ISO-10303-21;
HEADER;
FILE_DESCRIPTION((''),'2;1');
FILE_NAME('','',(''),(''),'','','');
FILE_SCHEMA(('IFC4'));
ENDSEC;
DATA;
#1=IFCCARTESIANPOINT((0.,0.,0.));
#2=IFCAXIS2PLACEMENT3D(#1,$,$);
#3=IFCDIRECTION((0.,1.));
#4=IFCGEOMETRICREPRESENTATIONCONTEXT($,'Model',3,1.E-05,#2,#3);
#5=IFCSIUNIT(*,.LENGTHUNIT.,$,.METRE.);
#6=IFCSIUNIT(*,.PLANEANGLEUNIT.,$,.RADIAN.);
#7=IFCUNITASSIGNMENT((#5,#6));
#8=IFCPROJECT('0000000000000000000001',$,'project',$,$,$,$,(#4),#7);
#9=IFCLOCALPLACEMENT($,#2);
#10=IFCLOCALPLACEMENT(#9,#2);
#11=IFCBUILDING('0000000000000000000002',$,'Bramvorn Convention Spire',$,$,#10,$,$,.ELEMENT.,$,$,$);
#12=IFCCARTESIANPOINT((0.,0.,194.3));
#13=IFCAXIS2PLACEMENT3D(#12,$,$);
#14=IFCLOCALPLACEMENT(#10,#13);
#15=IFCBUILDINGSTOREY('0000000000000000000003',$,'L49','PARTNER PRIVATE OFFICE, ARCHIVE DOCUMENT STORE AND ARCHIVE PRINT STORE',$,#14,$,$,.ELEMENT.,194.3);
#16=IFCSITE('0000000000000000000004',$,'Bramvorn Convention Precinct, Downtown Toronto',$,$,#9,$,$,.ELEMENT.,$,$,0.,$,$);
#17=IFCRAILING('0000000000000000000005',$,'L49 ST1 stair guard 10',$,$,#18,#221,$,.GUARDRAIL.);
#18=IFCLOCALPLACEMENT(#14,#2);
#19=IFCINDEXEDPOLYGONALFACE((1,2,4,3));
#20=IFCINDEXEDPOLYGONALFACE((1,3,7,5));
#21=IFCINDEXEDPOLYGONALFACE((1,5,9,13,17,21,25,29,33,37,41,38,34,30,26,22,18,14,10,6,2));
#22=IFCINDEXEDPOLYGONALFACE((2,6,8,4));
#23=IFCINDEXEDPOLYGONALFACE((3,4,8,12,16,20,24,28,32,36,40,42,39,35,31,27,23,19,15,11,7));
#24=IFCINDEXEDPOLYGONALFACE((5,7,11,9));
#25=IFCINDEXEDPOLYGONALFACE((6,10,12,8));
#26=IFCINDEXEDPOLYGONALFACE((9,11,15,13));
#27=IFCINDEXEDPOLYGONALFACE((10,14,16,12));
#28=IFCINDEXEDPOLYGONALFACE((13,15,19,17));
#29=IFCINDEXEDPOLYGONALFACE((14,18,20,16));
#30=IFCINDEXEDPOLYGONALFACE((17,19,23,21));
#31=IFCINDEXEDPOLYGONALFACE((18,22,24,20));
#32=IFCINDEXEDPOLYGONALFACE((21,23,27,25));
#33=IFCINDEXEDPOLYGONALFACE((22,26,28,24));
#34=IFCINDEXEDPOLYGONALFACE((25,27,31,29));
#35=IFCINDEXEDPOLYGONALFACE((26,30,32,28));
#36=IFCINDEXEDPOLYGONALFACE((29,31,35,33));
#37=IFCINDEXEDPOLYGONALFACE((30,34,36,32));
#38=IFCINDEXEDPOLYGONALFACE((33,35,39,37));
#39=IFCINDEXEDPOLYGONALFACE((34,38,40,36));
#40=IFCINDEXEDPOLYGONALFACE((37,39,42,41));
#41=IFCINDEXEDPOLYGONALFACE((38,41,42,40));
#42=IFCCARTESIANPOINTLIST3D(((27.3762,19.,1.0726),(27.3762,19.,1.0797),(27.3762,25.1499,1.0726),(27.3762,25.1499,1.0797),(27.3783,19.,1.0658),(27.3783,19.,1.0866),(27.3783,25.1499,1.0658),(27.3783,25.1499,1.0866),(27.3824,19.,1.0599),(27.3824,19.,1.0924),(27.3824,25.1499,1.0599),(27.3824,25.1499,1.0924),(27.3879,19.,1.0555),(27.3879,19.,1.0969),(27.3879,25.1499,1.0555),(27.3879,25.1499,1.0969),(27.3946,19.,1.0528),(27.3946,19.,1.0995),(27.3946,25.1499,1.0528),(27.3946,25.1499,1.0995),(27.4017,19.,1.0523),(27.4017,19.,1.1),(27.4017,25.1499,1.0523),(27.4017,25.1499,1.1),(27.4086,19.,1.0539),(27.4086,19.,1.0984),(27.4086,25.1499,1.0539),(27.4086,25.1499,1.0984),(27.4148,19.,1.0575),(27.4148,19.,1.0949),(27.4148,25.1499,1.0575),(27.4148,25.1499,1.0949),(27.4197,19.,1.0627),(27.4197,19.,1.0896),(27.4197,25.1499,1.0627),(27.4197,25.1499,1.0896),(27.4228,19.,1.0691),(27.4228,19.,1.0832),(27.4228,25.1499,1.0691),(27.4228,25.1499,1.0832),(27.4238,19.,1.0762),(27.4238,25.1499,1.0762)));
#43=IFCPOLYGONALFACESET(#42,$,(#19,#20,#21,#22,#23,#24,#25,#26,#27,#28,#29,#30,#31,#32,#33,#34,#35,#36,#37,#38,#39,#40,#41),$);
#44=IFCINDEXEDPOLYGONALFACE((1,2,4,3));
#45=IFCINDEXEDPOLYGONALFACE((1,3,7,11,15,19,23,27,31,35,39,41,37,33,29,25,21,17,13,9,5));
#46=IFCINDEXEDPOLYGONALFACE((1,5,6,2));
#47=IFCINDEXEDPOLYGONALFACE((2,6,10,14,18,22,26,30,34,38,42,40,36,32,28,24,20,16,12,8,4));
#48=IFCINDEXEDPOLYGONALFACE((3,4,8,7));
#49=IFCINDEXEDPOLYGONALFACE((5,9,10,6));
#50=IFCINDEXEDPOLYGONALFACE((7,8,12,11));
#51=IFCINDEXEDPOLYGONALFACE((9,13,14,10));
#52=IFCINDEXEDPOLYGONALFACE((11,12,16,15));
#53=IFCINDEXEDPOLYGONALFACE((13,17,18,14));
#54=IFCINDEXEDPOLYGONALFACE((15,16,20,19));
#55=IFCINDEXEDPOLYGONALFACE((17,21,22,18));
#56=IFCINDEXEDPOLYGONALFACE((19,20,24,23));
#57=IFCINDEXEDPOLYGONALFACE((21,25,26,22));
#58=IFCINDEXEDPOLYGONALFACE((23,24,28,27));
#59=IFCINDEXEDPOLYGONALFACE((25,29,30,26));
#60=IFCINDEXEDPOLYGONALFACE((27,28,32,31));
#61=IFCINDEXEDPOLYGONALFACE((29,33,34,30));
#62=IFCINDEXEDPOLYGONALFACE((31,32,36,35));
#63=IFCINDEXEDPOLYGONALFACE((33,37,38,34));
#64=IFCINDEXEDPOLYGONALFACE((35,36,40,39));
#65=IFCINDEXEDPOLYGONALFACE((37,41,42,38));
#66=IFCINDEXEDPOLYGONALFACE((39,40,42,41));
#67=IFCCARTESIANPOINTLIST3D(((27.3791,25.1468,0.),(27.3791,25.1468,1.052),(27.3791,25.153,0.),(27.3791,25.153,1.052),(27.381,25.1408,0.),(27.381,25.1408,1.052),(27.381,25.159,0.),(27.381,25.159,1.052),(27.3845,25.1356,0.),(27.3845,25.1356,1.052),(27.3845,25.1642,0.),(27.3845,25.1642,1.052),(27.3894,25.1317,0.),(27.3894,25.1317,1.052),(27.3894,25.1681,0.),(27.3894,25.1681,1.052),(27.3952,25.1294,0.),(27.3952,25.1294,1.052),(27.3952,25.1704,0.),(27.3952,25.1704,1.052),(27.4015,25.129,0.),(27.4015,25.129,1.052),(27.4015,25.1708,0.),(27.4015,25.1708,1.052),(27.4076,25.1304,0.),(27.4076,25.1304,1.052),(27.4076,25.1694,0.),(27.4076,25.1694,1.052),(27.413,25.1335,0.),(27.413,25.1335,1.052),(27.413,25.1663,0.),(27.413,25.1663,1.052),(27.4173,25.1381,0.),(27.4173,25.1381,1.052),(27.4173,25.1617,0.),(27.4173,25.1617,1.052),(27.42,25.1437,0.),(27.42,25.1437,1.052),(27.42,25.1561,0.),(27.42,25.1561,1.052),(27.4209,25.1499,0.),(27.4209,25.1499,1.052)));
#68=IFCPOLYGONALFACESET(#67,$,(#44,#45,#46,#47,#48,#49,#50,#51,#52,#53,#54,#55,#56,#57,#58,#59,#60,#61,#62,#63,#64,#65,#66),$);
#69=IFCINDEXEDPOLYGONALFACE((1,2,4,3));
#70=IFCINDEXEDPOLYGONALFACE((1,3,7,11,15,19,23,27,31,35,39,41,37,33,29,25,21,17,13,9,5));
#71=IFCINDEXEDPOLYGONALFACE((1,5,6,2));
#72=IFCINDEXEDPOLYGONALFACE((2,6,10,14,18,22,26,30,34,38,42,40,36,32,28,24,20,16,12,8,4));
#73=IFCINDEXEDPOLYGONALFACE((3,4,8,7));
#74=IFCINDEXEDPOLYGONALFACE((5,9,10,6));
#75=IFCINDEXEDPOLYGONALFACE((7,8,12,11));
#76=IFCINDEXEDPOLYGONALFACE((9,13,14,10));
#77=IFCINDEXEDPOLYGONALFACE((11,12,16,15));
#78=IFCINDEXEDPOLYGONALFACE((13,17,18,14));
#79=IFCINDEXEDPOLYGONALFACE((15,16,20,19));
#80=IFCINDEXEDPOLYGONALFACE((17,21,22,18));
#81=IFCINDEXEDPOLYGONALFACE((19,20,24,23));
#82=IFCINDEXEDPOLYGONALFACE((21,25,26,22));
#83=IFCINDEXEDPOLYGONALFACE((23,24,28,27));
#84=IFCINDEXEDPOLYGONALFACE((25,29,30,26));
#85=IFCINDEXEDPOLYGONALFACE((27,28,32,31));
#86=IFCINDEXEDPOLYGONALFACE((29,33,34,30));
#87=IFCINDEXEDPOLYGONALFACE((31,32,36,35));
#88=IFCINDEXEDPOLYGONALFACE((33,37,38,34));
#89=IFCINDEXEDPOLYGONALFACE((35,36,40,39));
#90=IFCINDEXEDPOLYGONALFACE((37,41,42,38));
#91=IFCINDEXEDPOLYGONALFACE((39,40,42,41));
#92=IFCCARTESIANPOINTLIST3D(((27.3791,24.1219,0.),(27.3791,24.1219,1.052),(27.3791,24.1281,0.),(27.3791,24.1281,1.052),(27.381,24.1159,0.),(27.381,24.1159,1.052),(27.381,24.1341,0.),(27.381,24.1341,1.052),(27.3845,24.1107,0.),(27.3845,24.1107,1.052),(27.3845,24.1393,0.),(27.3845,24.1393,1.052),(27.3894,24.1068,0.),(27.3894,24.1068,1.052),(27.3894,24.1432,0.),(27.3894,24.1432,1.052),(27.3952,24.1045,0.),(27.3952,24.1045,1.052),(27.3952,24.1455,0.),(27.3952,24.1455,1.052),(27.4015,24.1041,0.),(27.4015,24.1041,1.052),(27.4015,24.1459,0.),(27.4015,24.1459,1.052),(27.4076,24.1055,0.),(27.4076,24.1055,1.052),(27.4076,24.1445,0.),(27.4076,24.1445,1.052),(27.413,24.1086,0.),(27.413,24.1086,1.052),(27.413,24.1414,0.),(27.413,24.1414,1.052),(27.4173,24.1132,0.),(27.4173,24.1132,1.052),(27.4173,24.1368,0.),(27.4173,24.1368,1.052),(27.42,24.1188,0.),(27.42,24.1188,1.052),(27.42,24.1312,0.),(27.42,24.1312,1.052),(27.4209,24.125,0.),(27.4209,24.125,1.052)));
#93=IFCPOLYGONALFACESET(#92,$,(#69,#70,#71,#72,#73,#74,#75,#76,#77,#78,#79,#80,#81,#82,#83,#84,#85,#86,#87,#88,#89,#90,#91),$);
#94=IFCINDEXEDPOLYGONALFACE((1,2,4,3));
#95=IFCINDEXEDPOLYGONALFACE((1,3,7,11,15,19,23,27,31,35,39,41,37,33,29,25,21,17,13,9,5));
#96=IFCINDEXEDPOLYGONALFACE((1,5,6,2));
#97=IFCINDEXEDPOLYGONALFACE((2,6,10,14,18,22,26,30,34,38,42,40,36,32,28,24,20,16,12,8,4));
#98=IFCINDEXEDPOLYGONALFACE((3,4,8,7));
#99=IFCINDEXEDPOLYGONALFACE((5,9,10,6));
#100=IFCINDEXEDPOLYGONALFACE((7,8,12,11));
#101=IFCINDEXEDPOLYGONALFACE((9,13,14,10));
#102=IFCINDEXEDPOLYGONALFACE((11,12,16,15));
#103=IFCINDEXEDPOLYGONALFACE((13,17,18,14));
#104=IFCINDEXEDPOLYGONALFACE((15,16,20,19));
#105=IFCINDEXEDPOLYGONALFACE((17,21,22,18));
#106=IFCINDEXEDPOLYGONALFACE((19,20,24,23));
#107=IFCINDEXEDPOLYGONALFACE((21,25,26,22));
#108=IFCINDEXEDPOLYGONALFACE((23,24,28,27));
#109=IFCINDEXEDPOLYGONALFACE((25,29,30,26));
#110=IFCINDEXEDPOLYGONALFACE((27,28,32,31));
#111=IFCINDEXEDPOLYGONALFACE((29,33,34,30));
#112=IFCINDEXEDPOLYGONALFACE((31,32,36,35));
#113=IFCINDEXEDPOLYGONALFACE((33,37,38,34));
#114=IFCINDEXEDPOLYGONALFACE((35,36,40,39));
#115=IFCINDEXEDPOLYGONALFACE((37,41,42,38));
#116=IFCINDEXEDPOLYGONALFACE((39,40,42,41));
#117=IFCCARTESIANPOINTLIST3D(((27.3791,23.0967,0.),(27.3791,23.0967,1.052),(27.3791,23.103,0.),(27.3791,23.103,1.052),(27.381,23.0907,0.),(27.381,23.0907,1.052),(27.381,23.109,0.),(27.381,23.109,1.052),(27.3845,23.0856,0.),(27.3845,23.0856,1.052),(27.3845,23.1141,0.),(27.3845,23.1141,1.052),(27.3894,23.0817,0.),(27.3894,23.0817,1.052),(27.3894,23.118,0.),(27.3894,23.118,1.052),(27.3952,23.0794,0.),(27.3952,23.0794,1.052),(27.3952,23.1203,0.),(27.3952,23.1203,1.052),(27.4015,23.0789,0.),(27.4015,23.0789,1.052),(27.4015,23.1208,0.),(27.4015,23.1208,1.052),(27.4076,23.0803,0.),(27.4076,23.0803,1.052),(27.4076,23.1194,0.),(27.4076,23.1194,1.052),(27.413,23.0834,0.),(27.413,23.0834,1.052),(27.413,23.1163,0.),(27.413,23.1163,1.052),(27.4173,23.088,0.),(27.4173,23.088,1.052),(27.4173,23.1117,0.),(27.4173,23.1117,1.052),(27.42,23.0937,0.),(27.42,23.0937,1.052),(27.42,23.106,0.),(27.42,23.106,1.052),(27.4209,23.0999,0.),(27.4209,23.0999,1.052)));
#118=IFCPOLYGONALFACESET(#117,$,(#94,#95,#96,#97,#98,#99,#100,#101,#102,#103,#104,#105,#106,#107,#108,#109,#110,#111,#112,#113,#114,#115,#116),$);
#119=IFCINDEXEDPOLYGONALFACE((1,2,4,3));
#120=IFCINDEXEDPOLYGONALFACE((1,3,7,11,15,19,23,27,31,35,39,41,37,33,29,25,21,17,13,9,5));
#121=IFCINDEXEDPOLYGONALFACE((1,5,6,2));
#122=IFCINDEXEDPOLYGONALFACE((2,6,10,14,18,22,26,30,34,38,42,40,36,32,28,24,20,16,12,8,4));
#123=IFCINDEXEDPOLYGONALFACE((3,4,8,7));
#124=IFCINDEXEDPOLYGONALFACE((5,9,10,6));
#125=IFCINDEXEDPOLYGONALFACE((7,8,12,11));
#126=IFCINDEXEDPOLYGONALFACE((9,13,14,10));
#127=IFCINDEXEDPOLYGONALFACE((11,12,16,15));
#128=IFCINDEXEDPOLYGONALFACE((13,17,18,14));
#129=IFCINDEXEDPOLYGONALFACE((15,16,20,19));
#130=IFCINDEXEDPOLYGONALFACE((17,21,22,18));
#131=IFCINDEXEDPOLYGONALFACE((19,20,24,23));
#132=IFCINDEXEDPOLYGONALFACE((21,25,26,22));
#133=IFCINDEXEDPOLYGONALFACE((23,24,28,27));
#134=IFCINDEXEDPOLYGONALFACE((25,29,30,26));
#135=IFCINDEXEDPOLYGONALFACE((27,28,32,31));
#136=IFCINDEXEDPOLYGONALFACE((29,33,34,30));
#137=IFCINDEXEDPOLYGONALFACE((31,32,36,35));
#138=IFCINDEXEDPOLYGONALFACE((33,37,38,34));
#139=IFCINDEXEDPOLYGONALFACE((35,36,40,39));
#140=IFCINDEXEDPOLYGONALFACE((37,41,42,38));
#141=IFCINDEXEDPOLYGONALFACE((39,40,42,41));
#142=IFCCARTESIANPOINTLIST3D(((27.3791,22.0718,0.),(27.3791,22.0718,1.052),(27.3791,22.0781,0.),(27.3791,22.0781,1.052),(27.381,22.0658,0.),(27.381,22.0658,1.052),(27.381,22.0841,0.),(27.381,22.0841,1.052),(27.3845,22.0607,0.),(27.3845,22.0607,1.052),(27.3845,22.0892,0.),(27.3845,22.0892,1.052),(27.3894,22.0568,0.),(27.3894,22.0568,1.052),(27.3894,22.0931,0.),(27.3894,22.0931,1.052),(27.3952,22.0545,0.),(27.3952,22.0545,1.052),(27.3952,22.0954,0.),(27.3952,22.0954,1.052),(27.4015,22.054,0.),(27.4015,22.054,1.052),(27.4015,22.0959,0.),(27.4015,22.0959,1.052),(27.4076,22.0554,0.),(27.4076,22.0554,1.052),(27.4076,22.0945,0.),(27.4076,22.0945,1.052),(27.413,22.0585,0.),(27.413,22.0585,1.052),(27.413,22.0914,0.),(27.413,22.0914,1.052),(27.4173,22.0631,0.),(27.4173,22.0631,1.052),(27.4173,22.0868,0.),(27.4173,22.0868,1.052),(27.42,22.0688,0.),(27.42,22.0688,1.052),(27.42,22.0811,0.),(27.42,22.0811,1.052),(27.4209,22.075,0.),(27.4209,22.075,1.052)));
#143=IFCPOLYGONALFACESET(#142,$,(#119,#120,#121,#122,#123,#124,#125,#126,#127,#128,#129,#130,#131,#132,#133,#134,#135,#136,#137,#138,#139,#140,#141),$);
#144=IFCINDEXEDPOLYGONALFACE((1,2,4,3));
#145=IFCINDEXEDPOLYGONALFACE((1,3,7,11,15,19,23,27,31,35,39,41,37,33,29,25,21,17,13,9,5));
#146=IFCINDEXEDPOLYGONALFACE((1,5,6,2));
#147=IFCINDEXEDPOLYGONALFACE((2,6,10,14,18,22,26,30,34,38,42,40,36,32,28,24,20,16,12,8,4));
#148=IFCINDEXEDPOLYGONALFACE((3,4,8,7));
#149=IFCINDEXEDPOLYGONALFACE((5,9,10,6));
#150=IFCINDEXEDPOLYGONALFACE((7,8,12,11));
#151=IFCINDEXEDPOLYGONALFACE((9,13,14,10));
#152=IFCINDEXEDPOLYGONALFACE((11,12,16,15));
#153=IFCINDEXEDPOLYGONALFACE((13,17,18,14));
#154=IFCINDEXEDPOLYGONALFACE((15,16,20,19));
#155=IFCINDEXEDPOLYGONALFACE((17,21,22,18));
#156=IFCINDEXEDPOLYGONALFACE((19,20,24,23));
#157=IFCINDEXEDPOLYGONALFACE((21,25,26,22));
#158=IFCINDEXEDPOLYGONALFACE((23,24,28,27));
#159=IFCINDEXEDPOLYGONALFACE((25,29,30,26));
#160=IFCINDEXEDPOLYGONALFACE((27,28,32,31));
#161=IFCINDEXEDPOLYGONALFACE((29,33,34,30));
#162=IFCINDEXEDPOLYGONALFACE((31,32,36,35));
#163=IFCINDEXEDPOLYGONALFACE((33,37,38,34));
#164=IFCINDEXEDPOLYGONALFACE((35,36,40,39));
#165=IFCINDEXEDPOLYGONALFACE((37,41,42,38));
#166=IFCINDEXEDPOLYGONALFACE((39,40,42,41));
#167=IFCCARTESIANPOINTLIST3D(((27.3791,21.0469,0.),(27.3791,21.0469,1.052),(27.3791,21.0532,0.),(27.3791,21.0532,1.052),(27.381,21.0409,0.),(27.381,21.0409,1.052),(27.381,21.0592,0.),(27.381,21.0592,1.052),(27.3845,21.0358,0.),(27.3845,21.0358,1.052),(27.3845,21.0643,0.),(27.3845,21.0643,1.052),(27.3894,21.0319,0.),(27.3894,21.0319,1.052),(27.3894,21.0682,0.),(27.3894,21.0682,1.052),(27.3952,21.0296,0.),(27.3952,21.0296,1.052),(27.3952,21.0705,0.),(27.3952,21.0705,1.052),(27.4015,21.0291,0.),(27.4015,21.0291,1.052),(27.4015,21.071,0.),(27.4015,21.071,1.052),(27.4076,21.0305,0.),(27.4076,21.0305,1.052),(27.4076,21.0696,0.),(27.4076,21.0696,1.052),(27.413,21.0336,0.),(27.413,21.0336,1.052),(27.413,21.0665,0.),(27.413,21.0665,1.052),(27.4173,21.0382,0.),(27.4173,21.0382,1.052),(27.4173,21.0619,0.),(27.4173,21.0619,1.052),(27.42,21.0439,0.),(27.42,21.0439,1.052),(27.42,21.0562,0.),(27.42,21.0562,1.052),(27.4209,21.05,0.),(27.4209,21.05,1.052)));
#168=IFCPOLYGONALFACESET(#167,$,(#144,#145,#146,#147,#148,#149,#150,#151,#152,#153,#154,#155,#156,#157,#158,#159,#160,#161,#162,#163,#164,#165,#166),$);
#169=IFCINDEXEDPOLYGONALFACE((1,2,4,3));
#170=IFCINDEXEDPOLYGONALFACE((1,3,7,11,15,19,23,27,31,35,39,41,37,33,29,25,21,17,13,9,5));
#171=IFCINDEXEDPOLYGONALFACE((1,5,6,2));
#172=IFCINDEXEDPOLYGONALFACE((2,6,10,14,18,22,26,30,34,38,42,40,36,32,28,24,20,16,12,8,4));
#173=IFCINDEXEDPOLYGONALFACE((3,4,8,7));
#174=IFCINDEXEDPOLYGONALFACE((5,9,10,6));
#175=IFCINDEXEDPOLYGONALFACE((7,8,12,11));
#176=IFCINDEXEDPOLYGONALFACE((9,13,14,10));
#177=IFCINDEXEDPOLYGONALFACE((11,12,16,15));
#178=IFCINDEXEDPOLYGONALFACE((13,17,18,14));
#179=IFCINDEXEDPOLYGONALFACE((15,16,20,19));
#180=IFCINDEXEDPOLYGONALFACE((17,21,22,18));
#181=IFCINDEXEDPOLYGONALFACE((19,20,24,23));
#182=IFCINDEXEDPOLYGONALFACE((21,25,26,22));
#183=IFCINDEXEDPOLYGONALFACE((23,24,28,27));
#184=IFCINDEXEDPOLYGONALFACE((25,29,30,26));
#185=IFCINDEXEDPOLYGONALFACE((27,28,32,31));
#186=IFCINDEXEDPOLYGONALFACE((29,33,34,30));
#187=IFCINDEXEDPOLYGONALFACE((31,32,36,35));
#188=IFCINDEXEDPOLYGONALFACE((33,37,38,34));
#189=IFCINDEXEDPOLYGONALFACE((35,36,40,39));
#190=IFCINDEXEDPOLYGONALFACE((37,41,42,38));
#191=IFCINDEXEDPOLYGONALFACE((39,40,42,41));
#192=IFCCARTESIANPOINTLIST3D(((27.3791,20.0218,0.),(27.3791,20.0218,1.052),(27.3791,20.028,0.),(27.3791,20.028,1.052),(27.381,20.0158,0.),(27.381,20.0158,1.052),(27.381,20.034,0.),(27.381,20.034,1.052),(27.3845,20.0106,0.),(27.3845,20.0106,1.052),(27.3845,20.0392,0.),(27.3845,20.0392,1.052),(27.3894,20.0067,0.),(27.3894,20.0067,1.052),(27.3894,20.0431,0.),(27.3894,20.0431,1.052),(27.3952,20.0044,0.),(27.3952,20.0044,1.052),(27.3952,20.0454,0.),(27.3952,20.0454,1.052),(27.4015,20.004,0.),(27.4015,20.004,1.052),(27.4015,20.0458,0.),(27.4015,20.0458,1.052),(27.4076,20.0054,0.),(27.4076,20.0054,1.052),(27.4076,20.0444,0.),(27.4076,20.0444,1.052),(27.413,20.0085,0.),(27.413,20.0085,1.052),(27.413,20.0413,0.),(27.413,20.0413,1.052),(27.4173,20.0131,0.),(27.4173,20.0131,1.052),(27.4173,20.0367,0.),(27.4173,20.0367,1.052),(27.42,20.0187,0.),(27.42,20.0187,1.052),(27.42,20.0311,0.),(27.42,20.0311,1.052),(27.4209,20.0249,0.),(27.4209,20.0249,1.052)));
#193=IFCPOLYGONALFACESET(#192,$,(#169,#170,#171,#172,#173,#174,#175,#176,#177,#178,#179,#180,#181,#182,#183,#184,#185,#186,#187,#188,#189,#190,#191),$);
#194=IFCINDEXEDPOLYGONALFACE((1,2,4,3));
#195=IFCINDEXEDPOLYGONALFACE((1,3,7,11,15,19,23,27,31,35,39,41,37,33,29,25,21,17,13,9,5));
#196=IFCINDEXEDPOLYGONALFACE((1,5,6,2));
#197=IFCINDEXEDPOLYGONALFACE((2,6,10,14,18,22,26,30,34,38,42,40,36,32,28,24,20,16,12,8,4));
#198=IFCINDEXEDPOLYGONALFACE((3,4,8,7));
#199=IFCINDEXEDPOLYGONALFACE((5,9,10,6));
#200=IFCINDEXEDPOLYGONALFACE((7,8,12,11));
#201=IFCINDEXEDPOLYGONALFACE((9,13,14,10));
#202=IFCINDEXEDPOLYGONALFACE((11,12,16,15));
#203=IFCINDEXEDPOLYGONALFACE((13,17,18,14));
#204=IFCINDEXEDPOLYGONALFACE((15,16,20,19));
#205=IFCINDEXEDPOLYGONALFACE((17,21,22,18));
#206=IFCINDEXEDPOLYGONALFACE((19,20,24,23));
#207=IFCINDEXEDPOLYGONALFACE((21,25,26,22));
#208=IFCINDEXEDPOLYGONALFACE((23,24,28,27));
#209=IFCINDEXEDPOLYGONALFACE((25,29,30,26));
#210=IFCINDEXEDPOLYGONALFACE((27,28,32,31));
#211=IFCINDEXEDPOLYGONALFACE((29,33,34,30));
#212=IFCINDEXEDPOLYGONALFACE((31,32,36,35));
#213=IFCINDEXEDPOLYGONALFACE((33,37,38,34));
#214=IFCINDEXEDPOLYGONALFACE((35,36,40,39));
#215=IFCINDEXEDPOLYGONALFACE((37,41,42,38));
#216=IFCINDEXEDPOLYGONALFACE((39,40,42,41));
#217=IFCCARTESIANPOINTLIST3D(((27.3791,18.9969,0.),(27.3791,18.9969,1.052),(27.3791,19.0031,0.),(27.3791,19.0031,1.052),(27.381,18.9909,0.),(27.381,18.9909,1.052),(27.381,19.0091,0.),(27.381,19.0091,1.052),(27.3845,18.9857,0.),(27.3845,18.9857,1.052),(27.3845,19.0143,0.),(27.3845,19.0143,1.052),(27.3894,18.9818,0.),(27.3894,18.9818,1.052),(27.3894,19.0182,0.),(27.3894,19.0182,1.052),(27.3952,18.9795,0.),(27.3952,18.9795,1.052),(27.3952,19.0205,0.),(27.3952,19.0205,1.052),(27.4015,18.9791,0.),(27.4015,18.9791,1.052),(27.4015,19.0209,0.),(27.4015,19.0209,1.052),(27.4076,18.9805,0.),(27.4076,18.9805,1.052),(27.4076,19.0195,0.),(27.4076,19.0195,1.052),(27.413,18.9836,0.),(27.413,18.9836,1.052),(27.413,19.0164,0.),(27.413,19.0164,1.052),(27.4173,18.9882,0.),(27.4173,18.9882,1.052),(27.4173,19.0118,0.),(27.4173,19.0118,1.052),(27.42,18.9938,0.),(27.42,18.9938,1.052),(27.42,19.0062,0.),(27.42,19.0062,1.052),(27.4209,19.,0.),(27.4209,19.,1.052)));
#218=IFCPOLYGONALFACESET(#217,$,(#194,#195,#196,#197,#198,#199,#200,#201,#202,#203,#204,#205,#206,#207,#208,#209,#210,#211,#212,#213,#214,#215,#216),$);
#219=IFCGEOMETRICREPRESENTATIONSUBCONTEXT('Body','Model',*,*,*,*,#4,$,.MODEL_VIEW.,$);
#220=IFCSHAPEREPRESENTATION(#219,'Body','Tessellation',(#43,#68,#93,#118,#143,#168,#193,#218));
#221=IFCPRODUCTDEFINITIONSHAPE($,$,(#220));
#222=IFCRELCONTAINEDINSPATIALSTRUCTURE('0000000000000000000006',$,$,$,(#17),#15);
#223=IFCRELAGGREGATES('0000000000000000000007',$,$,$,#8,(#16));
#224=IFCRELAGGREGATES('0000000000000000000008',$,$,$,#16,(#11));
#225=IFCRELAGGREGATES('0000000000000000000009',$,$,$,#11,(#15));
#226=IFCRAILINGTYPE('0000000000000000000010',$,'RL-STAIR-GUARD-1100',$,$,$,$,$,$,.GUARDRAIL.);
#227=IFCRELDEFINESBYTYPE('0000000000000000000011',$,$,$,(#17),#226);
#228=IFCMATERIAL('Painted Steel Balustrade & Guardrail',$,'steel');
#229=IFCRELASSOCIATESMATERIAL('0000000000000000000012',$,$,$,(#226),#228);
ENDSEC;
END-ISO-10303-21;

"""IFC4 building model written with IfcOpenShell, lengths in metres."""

from ifc_helpers import new_model, si_unit, direction, frame, origin, origin_2d, place, context, subcontext, project, spatial, circle, extrude, material, type_object, element, save


model = new_model("IFC4")

# Units and contexts
model_context = context("Model", 3, precision=1e-05, world=origin(), true_north=direction((0.0, 1.0)))
body_context = subcontext(model_context, "Body", "Model", "MODEL_VIEW")
ifc_project = project(units=[si_unit("LENGTHUNIT", "METRE"), si_unit("PLANEANGLEUNIT", "RADIAN")], contexts=[model_context])

# Site, building, storey
site_placement = place(None, origin())
site = spatial("IfcSite", under=ifc_project, at=site_placement, Name="Bramvorn Convention Precinct, Downtown Toronto", CompositionType="ELEMENT", RefElevation=0.0)
building_placement = place(site_placement, origin())
building = spatial("IfcBuilding", under=site, at=building_placement, Name="Bramvorn Convention Spire", CompositionType="ELEMENT")
storey_placement = place(building_placement, frame((0.0, 0.0, 194.3)))
storey = spatial("IfcBuildingStorey", under=building, at=storey_placement, Name="L49", Description="PARTNER PRIVATE OFFICE, ARCHIVE DOCUMENT STORE AND ARCHIVE PRINT STORE", CompositionType="ELEMENT", Elevation=194.3)

# Railing
ifc_material_1 = material(Name="Painted Steel Balustrade & Guardrail", Category="steel")
railing_type_1 = type_object("IfcRailingType", Name="RL-STAIR-GUARD-1100", PredefinedType="GUARDRAIL", material=ifc_material_1)
railing_1_placement = place(storey_placement, frame((27.3999, 25.1499, 0.0)))
element("IfcRailing", 1, at=railing_1_placement, inside=storey, type_object=railing_type_1, Name="L49 ST1 stair guard 10", PredefinedType="GUARDRAIL", context=body_context, shape_type="SweptSolid", body=[
    extrude(circle(Radius=0.0239, at=origin_2d()), frame((0.0, 0.0, 1.0762), z_axis=(0.0, -1.0, 0.0), x_axis=(1.0, 0.0, 0.0)), (0.0, 0.0, 1.0), 6.1499),
    extrude(circle(Radius=0.021, at=origin_2d()), origin(), (0.0, 0.0, 1.0), 1.052),
    extrude(circle(Radius=0.021, at=origin_2d()), frame((0.0, -1.0249, 0.0)), (0.0, 0.0, 1.0), 1.052),
    extrude(circle(Radius=0.021, at=origin_2d()), frame((0.0, -2.05, 0.0)), (0.0, 0.0, 1.0), 1.052),
    extrude(circle(Radius=0.021, at=origin_2d()), frame((0.0, -3.075, 0.0)), (0.0, 0.0, 1.0), 1.052),
    extrude(circle(Radius=0.021, at=origin_2d()), frame((0.0, -4.0999, 0.0)), (0.0, 0.0, 1.0), 1.052),
    extrude(circle(Radius=0.021, at=origin_2d()), frame((0.0, -5.125, 0.0)), (0.0, 0.0, 1.0), 1.052),
    extrude(circle(Radius=0.021, at=origin_2d()), frame((0.0, -6.1499, 0.0)), (0.0, 0.0, 1.0), 1.052),
])

save(model, "model.ifc")
